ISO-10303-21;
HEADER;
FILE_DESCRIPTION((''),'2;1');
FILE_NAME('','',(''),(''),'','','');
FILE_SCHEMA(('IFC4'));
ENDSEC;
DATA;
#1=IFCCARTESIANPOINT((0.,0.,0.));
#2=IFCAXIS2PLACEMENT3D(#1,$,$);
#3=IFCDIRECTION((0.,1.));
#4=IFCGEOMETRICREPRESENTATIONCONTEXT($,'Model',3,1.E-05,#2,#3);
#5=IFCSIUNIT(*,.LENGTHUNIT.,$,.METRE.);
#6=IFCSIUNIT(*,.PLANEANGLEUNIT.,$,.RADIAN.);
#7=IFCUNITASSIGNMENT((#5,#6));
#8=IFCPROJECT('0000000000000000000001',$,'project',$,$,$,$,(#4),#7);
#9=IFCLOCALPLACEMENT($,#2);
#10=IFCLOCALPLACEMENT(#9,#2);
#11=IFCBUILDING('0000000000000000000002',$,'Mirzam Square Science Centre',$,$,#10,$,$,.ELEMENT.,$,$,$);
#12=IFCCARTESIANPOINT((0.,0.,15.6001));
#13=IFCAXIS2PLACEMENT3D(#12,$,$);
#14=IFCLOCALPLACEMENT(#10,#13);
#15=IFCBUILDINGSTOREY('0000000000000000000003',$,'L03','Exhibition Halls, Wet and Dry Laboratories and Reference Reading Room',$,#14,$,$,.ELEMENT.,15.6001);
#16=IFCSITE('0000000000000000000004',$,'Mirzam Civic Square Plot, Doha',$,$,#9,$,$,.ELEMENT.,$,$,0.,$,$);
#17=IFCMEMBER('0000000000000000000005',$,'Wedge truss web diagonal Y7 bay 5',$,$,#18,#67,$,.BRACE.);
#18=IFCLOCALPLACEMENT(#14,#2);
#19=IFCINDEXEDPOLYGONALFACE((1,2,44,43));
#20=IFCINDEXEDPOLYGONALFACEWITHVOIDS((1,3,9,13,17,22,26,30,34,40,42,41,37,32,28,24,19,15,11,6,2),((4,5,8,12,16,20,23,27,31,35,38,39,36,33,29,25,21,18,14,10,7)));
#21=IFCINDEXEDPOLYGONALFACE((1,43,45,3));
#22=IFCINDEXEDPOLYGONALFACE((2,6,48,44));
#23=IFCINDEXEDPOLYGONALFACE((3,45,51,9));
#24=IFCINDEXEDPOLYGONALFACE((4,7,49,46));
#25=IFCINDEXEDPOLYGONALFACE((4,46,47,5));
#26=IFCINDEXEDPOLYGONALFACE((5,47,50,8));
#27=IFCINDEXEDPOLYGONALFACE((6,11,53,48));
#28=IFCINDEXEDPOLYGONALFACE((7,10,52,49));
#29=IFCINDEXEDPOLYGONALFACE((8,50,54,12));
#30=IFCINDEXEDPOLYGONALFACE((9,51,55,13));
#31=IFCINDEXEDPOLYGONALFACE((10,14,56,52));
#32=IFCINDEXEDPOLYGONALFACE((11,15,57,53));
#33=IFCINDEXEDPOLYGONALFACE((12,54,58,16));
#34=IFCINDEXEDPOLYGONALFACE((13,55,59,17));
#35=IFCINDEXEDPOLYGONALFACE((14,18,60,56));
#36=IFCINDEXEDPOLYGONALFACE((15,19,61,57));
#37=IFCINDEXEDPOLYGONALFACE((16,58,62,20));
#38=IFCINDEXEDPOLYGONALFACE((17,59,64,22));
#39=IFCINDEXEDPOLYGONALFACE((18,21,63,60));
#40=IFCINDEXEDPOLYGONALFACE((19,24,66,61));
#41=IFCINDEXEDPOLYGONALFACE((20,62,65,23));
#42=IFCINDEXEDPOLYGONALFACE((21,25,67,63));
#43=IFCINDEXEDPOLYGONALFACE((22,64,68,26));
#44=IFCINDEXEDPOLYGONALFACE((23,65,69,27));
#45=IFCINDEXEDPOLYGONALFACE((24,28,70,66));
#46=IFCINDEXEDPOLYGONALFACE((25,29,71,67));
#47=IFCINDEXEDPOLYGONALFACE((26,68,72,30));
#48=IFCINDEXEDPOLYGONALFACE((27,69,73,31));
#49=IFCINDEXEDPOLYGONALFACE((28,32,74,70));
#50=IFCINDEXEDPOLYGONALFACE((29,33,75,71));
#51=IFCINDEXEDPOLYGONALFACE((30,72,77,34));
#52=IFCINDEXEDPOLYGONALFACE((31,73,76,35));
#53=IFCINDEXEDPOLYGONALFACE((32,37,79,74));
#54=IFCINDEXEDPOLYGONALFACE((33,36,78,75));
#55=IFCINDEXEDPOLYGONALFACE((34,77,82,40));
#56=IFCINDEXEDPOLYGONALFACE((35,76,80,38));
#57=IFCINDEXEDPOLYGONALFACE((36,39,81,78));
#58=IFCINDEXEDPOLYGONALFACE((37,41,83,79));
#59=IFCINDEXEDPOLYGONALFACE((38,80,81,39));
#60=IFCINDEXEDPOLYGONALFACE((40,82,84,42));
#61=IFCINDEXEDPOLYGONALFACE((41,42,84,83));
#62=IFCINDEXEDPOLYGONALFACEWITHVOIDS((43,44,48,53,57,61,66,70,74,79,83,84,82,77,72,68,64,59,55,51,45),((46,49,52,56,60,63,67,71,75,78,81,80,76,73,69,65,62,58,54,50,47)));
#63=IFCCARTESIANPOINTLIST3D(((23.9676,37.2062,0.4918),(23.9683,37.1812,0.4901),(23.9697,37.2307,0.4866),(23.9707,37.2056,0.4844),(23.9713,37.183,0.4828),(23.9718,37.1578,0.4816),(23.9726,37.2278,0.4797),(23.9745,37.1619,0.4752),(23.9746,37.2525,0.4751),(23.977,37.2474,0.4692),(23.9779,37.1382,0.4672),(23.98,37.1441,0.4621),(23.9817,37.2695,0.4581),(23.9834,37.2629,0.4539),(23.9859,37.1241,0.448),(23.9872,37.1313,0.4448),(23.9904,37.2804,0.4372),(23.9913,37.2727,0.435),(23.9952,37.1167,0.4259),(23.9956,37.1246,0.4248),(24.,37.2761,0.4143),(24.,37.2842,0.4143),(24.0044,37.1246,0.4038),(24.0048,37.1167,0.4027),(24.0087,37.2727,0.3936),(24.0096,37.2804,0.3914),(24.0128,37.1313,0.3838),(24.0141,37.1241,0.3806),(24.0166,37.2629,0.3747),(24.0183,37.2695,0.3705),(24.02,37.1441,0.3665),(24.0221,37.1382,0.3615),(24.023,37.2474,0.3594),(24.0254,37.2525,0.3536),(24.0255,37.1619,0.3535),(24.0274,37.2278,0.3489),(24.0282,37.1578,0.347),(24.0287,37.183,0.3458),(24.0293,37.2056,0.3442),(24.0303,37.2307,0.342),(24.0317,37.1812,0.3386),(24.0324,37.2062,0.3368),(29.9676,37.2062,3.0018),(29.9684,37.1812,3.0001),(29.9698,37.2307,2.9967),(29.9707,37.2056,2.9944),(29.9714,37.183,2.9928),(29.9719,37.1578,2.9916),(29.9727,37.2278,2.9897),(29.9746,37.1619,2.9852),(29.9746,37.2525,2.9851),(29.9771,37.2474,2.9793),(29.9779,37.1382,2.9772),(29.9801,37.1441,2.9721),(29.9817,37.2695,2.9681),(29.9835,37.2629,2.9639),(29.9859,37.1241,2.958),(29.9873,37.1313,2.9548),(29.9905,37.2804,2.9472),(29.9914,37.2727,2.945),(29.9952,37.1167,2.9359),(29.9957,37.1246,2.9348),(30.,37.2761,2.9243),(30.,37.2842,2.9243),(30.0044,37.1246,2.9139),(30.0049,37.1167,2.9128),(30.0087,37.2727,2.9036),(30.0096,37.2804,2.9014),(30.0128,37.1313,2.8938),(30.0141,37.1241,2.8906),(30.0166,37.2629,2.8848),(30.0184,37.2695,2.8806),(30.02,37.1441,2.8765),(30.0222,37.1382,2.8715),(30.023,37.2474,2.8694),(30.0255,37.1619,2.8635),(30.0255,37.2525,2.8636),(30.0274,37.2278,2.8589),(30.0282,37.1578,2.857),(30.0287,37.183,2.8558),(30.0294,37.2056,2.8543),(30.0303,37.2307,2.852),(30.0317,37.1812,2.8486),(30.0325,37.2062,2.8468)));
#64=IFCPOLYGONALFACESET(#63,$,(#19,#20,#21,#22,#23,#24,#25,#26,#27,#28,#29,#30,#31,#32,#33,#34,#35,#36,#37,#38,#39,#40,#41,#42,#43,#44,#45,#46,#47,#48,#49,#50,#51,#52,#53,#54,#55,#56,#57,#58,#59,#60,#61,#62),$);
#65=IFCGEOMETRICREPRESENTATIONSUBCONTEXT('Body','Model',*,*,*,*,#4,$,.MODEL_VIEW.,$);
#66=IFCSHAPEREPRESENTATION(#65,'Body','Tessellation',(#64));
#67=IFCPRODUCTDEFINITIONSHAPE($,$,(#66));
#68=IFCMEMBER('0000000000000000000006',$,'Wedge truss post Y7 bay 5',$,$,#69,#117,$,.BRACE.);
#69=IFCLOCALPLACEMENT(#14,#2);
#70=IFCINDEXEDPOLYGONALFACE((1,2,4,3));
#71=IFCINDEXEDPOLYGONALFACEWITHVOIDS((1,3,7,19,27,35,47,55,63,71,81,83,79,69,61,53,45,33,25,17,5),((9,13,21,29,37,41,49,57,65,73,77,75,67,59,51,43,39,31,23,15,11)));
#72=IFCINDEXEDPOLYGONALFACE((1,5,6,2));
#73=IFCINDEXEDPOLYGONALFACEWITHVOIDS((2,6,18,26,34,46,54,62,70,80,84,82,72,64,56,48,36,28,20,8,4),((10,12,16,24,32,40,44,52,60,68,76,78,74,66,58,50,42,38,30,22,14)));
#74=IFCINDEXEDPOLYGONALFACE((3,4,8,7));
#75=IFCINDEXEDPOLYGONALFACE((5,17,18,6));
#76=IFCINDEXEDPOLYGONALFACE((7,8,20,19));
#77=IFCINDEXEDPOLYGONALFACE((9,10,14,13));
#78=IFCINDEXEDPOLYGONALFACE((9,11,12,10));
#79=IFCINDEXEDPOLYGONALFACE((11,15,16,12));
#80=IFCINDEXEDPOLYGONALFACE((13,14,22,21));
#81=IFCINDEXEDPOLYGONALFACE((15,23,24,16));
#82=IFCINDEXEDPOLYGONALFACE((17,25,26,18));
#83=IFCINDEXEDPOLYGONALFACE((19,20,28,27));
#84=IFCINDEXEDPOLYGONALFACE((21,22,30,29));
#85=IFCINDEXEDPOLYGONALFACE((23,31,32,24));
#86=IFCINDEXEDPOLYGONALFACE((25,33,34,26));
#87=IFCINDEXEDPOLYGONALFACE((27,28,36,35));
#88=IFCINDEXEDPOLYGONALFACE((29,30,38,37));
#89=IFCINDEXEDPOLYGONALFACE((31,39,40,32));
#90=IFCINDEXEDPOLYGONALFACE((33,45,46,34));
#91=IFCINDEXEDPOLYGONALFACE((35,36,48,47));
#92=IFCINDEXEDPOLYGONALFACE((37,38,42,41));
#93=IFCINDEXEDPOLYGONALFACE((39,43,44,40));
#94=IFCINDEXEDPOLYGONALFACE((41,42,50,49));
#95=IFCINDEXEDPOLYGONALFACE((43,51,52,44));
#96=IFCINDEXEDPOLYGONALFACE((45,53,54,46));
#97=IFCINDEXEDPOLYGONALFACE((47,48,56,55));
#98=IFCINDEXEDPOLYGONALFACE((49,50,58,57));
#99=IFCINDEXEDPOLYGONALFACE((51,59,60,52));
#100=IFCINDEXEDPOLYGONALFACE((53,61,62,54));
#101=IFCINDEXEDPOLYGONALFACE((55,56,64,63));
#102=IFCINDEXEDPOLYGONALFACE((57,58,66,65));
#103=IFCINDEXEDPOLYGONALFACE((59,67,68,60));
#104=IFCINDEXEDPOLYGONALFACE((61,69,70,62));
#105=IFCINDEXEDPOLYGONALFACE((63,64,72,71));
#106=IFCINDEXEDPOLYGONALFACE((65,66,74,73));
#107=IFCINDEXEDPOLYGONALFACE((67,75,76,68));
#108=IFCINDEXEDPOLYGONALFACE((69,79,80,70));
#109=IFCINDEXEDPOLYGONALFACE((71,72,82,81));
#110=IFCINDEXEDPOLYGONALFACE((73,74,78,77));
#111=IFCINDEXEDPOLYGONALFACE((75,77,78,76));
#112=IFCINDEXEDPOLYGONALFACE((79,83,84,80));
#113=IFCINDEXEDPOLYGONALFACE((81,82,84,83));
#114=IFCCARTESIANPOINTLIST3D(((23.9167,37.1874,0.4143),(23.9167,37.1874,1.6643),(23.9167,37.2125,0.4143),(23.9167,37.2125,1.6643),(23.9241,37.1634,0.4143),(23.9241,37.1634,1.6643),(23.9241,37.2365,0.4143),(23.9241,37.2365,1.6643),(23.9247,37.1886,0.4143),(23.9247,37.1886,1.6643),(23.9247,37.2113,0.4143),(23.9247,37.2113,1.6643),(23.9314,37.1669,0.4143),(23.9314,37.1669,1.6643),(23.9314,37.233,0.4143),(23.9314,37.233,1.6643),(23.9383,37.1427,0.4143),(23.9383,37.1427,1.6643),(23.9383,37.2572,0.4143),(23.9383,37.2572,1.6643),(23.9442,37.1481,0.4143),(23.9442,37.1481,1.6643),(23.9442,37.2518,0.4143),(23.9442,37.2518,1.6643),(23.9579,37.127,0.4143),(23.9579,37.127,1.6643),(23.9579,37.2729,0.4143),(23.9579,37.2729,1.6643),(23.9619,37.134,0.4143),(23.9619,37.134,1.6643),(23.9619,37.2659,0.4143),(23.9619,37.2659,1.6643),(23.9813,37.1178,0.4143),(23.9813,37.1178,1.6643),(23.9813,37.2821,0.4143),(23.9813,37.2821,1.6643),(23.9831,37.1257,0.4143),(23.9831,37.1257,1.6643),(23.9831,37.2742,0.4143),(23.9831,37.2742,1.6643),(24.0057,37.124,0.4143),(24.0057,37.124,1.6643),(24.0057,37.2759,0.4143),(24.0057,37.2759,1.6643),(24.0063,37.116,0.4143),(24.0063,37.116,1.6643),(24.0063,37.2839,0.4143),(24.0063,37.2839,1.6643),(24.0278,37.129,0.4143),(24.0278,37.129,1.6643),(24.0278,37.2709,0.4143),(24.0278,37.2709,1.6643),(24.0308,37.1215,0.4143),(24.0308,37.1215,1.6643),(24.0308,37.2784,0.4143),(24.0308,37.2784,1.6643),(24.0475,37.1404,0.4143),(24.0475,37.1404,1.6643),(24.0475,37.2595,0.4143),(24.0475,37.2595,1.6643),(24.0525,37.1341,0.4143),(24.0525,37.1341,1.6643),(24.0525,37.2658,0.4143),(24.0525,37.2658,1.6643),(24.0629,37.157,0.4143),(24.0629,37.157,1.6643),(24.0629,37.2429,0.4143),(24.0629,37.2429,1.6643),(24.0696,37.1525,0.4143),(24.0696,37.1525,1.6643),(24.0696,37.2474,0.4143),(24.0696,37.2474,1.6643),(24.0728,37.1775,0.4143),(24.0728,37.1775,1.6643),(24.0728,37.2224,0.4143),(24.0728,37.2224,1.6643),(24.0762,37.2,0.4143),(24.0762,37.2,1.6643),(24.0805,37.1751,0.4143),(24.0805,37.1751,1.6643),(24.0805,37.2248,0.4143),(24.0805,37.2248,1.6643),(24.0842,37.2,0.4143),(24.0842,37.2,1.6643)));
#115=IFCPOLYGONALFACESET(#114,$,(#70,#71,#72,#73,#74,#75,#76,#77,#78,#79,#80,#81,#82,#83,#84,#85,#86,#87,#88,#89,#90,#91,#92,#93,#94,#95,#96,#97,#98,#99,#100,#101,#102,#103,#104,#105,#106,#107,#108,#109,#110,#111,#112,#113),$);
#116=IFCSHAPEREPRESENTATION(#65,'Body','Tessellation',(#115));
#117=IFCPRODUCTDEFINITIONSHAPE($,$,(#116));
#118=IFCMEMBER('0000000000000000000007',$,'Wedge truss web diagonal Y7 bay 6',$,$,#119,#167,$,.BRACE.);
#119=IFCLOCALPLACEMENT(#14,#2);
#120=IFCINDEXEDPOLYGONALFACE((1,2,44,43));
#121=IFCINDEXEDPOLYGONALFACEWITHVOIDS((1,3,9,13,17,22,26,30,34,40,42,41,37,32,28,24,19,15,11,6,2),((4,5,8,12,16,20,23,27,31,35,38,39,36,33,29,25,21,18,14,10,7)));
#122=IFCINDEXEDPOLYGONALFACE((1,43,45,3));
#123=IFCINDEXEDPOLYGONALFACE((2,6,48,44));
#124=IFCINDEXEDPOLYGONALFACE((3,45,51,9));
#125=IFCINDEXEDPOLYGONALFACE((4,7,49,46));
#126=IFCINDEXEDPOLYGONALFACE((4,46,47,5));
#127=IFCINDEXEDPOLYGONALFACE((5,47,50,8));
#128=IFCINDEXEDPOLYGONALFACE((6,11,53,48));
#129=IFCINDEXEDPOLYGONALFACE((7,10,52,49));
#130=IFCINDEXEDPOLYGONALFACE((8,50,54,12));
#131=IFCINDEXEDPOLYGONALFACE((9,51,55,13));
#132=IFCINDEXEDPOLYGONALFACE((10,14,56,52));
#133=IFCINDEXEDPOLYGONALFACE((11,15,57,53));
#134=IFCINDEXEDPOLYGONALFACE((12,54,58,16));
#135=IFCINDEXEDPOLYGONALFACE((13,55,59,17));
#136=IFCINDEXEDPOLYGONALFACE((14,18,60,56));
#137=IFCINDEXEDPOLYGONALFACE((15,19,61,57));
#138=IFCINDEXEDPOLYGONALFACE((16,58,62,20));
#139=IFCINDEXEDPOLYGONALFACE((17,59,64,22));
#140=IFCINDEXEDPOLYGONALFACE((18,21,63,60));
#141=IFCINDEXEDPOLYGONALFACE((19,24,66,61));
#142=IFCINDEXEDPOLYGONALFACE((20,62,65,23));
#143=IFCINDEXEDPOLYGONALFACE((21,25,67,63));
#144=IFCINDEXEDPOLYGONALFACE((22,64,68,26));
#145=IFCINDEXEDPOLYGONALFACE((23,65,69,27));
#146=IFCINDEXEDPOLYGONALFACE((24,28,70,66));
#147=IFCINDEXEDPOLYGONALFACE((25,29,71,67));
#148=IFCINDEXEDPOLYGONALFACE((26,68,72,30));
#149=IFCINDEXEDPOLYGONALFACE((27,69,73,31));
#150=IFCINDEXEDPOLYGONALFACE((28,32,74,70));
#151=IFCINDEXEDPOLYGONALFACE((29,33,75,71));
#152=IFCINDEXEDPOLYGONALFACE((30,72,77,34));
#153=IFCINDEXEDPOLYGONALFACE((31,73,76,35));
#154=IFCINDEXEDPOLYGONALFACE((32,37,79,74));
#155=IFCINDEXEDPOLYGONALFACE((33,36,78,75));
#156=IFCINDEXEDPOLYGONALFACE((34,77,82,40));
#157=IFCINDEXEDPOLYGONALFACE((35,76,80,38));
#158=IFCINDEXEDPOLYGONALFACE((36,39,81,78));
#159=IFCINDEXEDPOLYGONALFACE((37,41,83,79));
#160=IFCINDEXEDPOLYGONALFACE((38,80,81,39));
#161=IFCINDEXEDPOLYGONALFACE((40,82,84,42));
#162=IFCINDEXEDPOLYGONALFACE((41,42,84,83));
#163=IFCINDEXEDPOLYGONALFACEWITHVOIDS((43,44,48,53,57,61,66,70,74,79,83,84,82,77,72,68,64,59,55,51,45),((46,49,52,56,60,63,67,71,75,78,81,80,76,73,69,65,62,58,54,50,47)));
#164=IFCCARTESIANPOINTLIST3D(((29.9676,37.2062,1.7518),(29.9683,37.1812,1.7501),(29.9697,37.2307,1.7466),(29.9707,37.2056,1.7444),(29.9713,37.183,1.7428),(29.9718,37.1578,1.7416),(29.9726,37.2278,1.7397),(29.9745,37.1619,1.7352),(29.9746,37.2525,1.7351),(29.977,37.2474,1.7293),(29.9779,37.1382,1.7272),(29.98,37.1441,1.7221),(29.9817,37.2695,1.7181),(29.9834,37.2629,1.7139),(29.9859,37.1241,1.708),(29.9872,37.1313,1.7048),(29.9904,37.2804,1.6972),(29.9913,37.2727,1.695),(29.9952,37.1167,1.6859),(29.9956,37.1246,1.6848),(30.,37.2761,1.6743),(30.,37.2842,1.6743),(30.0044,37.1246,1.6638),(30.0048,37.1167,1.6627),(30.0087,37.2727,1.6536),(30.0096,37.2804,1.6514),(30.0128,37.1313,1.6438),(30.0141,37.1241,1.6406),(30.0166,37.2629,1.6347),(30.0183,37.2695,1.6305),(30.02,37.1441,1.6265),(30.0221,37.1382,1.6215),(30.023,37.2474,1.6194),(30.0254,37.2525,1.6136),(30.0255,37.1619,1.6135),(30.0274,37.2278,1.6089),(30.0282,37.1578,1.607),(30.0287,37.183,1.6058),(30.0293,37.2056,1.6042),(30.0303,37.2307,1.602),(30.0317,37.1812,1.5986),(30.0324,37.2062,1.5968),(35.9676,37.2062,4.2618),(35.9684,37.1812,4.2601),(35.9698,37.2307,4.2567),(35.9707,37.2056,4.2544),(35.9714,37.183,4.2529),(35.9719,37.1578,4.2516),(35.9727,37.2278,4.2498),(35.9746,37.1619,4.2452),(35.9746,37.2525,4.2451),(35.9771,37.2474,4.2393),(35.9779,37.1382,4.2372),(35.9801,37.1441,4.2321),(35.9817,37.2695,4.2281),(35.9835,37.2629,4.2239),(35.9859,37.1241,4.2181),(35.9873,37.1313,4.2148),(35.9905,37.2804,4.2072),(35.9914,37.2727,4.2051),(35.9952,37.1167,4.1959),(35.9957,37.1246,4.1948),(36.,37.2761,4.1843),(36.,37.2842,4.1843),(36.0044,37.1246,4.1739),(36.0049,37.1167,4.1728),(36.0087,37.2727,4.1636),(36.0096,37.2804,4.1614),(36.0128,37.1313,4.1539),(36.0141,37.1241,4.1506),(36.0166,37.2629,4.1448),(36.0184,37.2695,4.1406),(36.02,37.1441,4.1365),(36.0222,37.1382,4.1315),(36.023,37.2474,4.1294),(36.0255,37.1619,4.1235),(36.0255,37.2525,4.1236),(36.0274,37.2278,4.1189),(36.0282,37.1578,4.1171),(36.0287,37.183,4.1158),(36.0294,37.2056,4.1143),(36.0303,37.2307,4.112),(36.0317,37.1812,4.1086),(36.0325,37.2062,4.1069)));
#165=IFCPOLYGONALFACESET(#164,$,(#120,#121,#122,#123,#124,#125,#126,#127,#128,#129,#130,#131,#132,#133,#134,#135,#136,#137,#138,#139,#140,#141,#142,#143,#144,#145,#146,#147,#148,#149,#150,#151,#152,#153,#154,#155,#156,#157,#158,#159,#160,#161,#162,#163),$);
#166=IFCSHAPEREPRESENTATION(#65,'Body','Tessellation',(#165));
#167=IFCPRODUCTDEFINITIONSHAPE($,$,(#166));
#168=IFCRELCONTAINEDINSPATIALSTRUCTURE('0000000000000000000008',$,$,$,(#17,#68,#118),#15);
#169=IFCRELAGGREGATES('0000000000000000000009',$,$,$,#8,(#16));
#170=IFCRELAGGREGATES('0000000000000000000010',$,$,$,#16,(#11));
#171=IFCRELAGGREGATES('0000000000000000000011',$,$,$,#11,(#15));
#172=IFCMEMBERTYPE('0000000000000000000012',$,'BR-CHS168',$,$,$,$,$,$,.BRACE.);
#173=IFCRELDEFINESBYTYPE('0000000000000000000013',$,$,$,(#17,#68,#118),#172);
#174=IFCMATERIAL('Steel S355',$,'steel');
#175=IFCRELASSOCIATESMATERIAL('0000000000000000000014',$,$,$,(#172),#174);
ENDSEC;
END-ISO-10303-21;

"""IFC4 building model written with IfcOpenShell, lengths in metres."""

from ifc_helpers import new_model, si_unit, direction, frame, origin, origin_2d, place, context, subcontext, project, spatial, hollow_circle, extrude, material, material_profile, profile_set, type_object, element, save


model = new_model("IFC4")

# Units and contexts
model_context = context("Model", 3, precision=1e-05, world=origin(), true_north=direction((0.0, 1.0)))
body_context = subcontext(model_context, "Body", "Model", "MODEL_VIEW")
ifc_project = project(units=[si_unit("LENGTHUNIT", "METRE"), si_unit("PLANEANGLEUNIT", "RADIAN")], contexts=[model_context])

# Site, building, storey
site_placement = place(None, origin())
site = spatial("IfcSite", under=ifc_project, at=site_placement, Name="Mirzam Civic Square Plot, Doha", CompositionType="ELEMENT", RefElevation=0.0)
building_placement = place(site_placement, origin())
building = spatial("IfcBuilding", under=site, at=building_placement, Name="Mirzam Square Science Centre", CompositionType="ELEMENT")
storey_placement = place(building_placement, frame((0.0, 0.0, 15.6001)))
storey = spatial("IfcBuildingStorey", under=building, at=storey_placement, Name="L03", Description="Exhibition Halls, Wet and Dry Laboratories and Reference Reading Room", CompositionType="ELEMENT", Elevation=15.6001)

# Shared definitions
ifc_material_1 = material(Name="Steel S355", Category="steel")

# Members
ifc_material_profile_1 = material_profile(ifc_material_1, hollow_circle(Radius=0.0842, WallThickness=0.0081, at=origin_2d()), Name="168.3x8.0CHS")
ifc_profile_set_1 = profile_set([ifc_material_profile_1], Name="Steel S355")
member_type_1 = type_object("IfcMemberType", Name="BR-CHS168", PredefinedType="BRACE", material=ifc_profile_set_1)
member_1_placement = place(storey_placement, frame((24.0, 37.2, 0.4143), z_axis=(0.92253, 0.0, 0.385926), x_axis=(0.0, 1.0, 0.0)))
element("IfcMember", 1, at=member_1_placement, inside=storey, type_object=member_type_1, Name="Wedge truss web diagonal Y7 bay 5", PredefinedType="BRACE", context=body_context, shape_type="SweptSolid", body=[
    extrude(hollow_circle(Radius=0.0842, WallThickness=0.0081, at=origin_2d()), origin(), (0.0, 0.0, 1.0), 6.5039),
])
member_2_placement = place(storey_placement, frame((24.0, 37.2, 0.4143), z_axis=(0.0, 0.0, 1.0), x_axis=(1.0, 0.0, 0.0)))
element("IfcMember", 2, at=member_2_placement, inside=storey, type_object=member_type_1, Name="Wedge truss post Y7 bay 5", PredefinedType="BRACE", context=body_context, shape_type="SweptSolid", body=[
    extrude(hollow_circle(Radius=0.0842, WallThickness=0.0081, at=origin_2d()), origin(), (0.0, 0.0, 1.0), 1.25),
])
member_3_placement = place(storey_placement, frame((30.0, 37.2, 1.6743), z_axis=(0.92253, 0.0, 0.385926), x_axis=(0.0, 1.0, 0.0)))
element("IfcMember", 3, at=member_3_placement, inside=storey, type_object=member_type_1, Name="Wedge truss web diagonal Y7 bay 6", PredefinedType="BRACE", context=body_context, shape_type="SweptSolid", body=[
    extrude(hollow_circle(Radius=0.0842, WallThickness=0.0081, at=origin_2d()), origin(), (0.0, 0.0, 1.0), 6.5039),
])

save(model, "model.ifc")
